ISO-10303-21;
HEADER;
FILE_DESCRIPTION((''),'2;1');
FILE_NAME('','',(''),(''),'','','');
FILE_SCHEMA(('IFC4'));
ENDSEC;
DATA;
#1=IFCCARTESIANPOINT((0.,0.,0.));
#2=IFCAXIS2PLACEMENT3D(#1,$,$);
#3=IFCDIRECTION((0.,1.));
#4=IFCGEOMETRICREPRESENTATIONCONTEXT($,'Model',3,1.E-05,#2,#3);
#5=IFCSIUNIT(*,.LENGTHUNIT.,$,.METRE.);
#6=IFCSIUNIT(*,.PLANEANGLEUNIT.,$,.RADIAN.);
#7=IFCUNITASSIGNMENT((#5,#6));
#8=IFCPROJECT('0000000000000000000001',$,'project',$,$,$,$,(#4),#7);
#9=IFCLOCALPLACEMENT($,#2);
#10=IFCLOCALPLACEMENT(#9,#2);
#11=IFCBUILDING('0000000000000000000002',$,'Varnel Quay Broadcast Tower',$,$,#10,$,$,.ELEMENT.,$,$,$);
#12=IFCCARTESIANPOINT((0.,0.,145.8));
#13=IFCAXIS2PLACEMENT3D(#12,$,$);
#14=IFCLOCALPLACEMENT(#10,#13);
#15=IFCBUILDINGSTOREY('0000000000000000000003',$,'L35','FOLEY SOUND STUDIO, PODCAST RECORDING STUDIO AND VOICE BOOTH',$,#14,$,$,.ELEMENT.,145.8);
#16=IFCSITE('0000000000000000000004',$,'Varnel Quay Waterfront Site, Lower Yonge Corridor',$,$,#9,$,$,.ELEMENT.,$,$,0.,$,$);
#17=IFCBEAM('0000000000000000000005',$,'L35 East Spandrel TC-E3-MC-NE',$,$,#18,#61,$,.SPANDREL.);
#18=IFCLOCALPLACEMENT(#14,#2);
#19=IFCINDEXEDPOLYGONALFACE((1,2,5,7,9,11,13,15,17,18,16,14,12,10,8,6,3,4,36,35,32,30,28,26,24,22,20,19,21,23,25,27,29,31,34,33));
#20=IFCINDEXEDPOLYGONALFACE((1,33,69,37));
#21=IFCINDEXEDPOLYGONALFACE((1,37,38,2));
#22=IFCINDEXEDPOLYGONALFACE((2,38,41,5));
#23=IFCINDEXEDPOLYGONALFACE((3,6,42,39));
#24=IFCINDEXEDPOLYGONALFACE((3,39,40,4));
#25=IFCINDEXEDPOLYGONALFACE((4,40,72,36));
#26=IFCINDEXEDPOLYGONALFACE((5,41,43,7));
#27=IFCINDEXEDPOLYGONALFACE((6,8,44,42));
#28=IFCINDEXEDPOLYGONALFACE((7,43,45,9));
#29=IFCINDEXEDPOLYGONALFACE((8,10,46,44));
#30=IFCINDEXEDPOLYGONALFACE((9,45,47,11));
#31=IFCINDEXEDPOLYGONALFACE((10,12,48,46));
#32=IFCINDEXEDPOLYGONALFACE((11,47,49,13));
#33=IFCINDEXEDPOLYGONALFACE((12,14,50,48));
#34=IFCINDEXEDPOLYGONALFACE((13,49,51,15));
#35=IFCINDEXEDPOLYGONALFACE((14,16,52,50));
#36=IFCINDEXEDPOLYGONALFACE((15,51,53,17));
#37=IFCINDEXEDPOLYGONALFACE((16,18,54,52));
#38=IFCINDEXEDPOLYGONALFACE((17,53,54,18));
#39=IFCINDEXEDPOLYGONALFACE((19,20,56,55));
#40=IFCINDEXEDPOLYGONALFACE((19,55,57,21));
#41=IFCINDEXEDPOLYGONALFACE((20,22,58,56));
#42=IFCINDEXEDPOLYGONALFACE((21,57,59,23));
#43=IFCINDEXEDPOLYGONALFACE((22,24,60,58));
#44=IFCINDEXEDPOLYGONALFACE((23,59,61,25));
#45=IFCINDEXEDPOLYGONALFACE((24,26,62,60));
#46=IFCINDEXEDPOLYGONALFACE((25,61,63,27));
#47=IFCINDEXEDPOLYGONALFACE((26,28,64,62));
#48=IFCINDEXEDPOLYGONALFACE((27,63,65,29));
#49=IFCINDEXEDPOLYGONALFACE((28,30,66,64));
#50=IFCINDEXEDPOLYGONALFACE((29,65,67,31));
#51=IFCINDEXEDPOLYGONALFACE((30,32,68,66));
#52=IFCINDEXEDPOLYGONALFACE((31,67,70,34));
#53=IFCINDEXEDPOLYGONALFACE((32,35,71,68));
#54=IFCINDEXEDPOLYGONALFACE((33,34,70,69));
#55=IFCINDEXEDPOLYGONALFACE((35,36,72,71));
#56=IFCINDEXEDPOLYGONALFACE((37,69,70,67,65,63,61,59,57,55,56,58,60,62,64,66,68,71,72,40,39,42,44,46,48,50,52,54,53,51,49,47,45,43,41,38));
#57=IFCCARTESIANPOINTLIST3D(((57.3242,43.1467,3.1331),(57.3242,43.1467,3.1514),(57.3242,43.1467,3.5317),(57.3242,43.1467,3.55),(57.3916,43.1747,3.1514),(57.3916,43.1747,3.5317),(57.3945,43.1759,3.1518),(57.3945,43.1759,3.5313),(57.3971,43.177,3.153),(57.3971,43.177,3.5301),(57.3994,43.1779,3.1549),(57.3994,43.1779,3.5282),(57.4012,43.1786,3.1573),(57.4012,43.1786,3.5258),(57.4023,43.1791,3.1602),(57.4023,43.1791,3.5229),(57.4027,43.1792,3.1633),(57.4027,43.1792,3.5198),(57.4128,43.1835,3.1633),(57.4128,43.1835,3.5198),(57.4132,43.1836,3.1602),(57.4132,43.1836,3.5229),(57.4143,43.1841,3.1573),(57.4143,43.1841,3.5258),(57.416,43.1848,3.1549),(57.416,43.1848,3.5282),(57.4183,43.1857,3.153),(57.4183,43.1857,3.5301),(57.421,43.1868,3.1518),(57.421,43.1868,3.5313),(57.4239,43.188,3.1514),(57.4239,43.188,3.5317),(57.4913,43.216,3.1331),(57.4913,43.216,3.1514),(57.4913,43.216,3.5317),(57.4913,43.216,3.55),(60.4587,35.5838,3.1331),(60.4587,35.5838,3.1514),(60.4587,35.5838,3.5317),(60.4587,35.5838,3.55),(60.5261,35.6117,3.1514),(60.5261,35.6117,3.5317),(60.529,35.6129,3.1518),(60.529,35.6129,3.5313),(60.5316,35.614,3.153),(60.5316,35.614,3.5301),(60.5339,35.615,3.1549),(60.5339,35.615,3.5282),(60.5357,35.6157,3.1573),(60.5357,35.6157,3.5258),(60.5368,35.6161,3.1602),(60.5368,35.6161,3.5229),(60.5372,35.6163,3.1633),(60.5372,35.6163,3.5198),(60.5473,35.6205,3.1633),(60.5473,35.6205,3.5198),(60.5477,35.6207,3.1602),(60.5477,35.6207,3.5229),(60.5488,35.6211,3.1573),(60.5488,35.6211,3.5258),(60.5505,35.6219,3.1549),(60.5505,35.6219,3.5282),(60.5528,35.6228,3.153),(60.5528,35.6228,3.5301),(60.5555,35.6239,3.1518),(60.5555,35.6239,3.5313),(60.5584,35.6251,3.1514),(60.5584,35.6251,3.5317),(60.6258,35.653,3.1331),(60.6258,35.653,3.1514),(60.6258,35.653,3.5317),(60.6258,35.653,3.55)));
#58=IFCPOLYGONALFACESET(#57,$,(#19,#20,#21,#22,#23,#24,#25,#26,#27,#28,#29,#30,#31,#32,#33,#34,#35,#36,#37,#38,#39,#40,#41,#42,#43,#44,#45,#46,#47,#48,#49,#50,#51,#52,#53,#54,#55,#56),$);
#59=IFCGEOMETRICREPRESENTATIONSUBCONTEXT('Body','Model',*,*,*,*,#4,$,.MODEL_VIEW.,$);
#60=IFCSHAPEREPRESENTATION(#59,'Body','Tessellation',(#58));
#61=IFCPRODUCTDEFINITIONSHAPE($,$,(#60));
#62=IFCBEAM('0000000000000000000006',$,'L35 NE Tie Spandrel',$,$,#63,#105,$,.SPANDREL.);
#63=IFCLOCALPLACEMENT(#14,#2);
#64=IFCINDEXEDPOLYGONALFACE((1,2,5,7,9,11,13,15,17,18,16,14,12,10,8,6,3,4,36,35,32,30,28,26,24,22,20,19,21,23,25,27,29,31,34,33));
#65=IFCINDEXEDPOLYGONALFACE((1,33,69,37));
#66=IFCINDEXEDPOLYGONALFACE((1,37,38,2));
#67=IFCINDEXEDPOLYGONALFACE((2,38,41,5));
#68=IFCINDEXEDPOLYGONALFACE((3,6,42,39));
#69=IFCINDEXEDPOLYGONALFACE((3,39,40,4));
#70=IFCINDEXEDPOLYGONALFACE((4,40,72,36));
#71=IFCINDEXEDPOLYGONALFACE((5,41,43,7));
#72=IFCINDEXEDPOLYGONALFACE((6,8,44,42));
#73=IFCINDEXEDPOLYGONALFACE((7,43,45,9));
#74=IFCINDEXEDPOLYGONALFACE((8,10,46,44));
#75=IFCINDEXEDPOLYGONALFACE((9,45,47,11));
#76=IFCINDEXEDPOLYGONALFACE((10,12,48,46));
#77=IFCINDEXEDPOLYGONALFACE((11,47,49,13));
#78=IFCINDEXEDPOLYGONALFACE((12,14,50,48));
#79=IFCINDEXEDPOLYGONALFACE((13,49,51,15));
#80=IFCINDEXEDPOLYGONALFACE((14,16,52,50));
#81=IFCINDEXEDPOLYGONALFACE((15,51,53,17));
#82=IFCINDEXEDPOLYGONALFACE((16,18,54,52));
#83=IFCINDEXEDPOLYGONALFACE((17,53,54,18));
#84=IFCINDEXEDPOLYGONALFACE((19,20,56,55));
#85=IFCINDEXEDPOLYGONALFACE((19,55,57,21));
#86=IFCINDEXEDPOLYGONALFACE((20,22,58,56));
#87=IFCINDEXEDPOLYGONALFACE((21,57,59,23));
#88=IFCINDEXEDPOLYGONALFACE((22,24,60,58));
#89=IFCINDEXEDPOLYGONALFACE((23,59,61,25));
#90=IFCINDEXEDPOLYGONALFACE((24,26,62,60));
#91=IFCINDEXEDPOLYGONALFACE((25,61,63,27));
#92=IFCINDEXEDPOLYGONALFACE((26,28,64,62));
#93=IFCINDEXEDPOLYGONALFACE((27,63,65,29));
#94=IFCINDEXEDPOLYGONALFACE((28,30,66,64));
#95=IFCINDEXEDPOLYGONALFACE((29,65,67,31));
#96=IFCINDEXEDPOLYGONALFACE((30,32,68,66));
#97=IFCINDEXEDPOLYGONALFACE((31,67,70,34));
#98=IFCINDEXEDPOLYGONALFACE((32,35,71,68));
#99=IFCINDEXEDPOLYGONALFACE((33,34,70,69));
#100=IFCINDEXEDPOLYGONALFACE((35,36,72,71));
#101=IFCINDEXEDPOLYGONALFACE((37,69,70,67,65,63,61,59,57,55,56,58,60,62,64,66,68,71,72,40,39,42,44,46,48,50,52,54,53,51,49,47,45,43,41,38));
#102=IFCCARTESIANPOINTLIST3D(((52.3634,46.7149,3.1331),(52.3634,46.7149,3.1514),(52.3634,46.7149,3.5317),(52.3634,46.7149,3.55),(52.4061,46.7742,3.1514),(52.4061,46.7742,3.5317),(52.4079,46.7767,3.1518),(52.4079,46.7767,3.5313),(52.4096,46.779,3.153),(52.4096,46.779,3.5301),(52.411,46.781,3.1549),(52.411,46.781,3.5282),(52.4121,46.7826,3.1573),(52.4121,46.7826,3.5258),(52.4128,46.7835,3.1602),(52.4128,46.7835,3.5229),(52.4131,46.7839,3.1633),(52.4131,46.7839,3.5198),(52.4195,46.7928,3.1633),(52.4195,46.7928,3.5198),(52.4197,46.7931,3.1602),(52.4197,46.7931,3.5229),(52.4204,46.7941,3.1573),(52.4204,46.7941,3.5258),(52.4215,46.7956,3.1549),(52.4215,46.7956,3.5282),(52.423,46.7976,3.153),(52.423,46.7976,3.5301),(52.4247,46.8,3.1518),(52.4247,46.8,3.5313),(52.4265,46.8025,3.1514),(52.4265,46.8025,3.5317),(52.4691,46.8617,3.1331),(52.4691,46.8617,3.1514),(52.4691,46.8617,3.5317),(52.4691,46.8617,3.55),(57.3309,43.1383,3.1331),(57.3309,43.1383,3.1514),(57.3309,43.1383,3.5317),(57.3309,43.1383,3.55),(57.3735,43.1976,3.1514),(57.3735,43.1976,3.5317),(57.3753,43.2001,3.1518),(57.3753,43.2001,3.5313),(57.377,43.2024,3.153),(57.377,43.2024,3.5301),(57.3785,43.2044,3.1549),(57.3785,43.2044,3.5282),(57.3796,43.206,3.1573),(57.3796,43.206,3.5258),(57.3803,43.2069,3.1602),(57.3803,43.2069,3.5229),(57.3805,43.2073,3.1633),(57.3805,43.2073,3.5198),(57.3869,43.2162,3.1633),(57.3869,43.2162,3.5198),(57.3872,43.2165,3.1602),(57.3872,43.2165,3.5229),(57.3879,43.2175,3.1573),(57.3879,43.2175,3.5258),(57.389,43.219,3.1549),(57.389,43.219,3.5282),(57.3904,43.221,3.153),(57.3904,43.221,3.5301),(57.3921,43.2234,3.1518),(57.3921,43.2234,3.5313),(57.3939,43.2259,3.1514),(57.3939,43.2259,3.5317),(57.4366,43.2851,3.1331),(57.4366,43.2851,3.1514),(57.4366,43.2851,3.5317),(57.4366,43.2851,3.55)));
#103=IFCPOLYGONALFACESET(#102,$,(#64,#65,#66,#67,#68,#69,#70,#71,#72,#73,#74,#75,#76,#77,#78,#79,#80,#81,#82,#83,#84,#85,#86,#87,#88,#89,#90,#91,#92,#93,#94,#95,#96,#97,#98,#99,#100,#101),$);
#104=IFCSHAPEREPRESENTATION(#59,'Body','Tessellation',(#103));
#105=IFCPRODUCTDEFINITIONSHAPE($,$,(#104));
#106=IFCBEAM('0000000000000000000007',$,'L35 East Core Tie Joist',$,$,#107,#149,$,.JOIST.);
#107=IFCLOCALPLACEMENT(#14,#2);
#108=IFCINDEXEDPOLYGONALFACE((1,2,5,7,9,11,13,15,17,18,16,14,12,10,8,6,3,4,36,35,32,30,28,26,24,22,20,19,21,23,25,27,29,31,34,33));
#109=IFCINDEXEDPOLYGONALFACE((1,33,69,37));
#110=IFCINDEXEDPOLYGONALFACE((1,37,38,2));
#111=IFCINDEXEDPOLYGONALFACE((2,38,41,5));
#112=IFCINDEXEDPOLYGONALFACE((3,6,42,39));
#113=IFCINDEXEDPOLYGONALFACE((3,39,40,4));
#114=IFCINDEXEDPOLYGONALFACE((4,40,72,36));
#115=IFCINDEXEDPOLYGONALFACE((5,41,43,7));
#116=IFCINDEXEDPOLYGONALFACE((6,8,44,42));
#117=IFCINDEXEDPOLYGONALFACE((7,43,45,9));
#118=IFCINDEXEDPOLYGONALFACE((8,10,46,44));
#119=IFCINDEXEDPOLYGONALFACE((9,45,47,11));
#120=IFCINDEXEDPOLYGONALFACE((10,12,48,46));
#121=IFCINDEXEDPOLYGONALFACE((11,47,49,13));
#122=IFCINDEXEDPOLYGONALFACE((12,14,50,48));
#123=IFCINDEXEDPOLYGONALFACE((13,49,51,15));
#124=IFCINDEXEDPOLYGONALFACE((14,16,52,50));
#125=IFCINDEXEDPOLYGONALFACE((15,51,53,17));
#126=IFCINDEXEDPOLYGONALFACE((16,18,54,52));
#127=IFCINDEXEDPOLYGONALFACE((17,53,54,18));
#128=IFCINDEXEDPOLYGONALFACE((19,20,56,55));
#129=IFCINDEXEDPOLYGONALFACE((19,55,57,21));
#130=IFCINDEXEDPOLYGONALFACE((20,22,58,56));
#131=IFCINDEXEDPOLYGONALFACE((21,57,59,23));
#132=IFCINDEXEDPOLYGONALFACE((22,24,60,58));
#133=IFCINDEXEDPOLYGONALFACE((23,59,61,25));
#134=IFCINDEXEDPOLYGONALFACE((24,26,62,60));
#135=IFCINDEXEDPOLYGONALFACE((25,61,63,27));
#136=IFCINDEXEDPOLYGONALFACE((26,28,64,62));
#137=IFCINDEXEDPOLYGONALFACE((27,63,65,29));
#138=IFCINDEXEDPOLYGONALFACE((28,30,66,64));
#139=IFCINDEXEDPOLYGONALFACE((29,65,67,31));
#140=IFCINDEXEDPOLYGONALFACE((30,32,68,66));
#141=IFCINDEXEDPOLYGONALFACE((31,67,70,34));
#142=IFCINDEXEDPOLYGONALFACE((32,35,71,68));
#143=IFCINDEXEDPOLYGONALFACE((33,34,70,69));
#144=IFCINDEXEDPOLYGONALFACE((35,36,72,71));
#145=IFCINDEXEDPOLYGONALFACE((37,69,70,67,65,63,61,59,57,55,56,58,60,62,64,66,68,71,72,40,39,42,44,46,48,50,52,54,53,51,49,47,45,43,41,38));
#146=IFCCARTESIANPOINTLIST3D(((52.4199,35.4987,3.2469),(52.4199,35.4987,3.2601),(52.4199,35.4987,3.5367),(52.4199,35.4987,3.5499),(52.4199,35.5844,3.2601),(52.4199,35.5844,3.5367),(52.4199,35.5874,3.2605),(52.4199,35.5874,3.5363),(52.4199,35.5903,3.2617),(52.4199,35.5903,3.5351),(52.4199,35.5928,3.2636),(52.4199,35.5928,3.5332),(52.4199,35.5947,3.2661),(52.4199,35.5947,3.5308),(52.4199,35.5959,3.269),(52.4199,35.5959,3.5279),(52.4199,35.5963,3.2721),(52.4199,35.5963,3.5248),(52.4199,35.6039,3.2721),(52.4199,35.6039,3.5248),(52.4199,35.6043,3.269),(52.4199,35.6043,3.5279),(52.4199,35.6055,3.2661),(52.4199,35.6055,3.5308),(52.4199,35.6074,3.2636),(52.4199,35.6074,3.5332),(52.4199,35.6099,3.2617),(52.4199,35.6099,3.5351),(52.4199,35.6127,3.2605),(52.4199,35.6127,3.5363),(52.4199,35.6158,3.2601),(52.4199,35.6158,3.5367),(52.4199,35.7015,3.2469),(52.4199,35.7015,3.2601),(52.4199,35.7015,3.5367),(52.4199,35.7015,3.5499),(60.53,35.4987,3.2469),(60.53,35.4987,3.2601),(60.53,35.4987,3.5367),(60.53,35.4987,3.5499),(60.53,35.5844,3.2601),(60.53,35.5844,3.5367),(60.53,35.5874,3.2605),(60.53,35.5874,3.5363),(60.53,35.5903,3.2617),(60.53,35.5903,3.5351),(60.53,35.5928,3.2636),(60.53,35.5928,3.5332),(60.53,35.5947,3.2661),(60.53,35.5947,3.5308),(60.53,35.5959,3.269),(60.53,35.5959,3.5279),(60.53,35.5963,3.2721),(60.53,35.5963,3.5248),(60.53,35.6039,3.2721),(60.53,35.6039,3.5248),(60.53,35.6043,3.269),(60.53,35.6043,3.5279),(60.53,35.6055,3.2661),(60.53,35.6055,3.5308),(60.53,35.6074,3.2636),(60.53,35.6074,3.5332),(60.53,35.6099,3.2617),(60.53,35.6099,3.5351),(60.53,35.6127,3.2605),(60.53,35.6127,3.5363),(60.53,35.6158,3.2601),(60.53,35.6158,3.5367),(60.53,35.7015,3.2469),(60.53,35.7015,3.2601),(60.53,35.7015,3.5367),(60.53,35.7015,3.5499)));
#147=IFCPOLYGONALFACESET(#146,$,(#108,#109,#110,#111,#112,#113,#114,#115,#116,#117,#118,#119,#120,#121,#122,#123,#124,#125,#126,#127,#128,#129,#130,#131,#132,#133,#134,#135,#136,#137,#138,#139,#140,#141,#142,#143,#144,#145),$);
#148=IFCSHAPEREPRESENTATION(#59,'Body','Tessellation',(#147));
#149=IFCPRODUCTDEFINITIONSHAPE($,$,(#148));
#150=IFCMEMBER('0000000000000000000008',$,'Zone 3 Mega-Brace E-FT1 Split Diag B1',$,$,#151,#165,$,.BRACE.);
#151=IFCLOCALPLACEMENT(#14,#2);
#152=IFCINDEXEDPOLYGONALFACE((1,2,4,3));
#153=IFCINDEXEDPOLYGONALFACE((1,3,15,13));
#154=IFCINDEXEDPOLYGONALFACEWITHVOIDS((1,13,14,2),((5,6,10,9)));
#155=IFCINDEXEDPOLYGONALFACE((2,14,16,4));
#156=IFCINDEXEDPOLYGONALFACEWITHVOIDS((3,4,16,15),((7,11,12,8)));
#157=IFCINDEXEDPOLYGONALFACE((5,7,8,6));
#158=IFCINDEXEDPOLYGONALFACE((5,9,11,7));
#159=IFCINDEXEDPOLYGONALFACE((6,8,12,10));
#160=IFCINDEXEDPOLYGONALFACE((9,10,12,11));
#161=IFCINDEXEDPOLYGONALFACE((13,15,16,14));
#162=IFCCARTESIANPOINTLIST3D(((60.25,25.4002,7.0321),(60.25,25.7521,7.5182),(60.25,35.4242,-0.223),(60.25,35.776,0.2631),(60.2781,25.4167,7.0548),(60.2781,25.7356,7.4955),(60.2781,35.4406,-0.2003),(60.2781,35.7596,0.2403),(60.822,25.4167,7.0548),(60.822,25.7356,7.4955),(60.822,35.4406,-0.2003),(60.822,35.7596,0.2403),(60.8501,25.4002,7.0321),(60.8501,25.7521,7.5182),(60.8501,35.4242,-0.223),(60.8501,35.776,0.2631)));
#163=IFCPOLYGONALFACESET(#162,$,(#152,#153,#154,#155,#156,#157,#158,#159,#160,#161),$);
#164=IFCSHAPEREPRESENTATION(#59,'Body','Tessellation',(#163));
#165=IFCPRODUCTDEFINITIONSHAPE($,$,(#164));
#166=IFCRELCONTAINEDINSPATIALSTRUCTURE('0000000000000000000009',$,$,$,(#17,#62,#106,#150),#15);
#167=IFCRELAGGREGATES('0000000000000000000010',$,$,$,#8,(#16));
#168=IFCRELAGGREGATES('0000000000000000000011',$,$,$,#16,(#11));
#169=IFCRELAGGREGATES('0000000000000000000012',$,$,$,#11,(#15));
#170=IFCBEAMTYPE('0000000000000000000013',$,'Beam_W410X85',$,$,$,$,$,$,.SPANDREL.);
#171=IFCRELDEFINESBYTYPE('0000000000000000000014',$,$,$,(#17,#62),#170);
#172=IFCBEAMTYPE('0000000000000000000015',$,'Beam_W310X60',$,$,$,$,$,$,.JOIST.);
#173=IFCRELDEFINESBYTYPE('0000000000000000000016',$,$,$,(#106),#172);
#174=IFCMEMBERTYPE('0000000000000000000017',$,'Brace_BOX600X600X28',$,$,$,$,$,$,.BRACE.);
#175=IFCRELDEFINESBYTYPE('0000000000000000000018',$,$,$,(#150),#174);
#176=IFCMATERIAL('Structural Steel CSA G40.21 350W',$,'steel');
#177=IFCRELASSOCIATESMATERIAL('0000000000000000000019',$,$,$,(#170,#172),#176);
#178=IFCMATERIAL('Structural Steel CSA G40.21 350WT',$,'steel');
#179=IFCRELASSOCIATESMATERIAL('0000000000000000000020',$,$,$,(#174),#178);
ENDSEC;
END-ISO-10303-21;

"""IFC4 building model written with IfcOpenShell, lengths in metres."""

from ifc_helpers import new_model, si_unit, direction, frame, origin, origin_2d, place, context, subcontext, project, spatial, hollow_rectangle, i_section, extrude, source, transform, mapped, material, material_profile, profile_set, type_object, type_shapes, element, save


model = new_model("IFC4")

# Units and contexts
model_context = context("Model", 3, precision=1e-05, world=origin(), true_north=direction((0.0, 1.0)))
body_context = subcontext(model_context, "Body", "Model", "MODEL_VIEW")
ifc_project = project(units=[si_unit("LENGTHUNIT", "METRE"), si_unit("PLANEANGLEUNIT", "RADIAN")], contexts=[model_context])

# Site, building, storey
site_placement = place(None, origin())
site = spatial("IfcSite", under=ifc_project, at=site_placement, Name="Varnel Quay Waterfront Site, Lower Yonge Corridor", CompositionType="ELEMENT", RefElevation=0.0)
building_placement = place(site_placement, origin())
building = spatial("IfcBuilding", under=site, at=building_placement, Name="Varnel Quay Broadcast Tower", CompositionType="ELEMENT")
storey_placement = place(building_placement, frame((0.0, 0.0, 145.8)))
storey = spatial("IfcBuildingStorey", under=building, at=storey_placement, Name="L35", Description="FOLEY SOUND STUDIO, PODCAST RECORDING STUDIO AND VOICE BOOTH", CompositionType="ELEMENT", Elevation=145.8)

# Shared definitions
ifc_material_1 = material(Name="Structural Steel CSA G40.21 350WT", Category="steel")
ifc_material_2 = material(Name="Structural Steel CSA G40.21 350W", Category="steel")

# Beams
ifc_material_profile_1 = material_profile(ifc_material_2, i_section(OverallWidth=0.1809, OverallDepth=0.417, WebThickness=0.011, FlangeThickness=0.0183, FilletRadius=0.012, at=origin_2d()), Name="W410X85")
ifc_profile_set_1 = profile_set([ifc_material_profile_1], Name="Structural Steel CSA G40.21 350W")
beam_type_1 = type_object("IfcBeamType", Name="Beam_W410X85", PredefinedType="SPANDREL", material=ifc_profile_set_1)
shared_shape_1 = source(origin(), body_context, "Body", "SweptSolid", [
    extrude(i_section(OverallWidth=0.1809, OverallDepth=0.417, WebThickness=0.011, FlangeThickness=0.0183, FilletRadius=0.012, at=origin_2d()), origin(), (0.0, 0.0, 1.0), 8.1868),
])
beam_1_placement = place(storey_placement, frame((60.5422, 35.6184, 3.3416), z_axis=(-0.382874, 0.923801, 0.0), x_axis=(-0.923801, -0.382874, 0.0)))
element("IfcBeam", 1, at=beam_1_placement, inside=storey, type_object=beam_type_1, Name="L35 East Spandrel TC-E3-MC-NE", PredefinedType="SPANDREL", context=body_context, shape_type="MappedRepresentation", body=[
    mapped(shared_shape_1, transform((0.0, 0.0, 0.0), x_axis=(1.0, 0.0, 0.0), y_axis=(0.0, 1.0, 0.0), z_axis=(0.0, 0.0, 1.0), scale=1.0)),
])
shared_shape_2 = source(origin(), body_context, "Body", "SweptSolid", [
    extrude(i_section(OverallWidth=0.1809, OverallDepth=0.417, WebThickness=0.011, FlangeThickness=0.0183, FilletRadius=0.012, at=origin_2d()), origin(), (0.0, 0.0, 1.0), 6.1211),
])
type_shapes(beam_type_1, [shared_shape_1, shared_shape_2])
beam_2_placement = place(storey_placement, frame((52.4163, 46.7883, 3.3416), z_axis=(0.811531, -0.584309, 0.0), x_axis=(0.584309, 0.811531, 0.0)))
element("IfcBeam", 2, at=beam_2_placement, inside=storey, type_object=beam_type_1, Name="L35 NE Tie Spandrel", PredefinedType="SPANDREL", context=body_context, shape_type="MappedRepresentation", body=[
    mapped(shared_shape_2, transform((0.0, 0.0, 0.0), x_axis=(1.0, 0.0, 0.0), y_axis=(0.0, 1.0, 0.0), z_axis=(0.0, 0.0, 1.0), scale=1.0)),
])
ifc_material_profile_2 = material_profile(ifc_material_2, i_section(OverallWidth=0.2029, OverallDepth=0.303, WebThickness=0.0076, FlangeThickness=0.0132, FilletRadius=0.012, at=origin_2d()), Name="W310X60")
ifc_profile_set_2 = profile_set([ifc_material_profile_2], Name="Structural Steel CSA G40.21 350W")
beam_type_2 = type_object("IfcBeamType", Name="Beam_W310X60", PredefinedType="JOIST", material=ifc_profile_set_2)
shared_shape_3 = source(origin(), body_context, "Body", "SweptSolid", [
    extrude(i_section(OverallWidth=0.2029, OverallDepth=0.303, WebThickness=0.0076, FlangeThickness=0.0132, FilletRadius=0.012, at=origin_2d()), origin(), (0.0, 0.0, 1.0), 8.1101),
])
type_shapes(beam_type_2, [shared_shape_3])
beam_3_placement = place(storey_placement, frame((52.4199, 35.6001, 3.3984), z_axis=(1.0, 0.0, 0.0), x_axis=(0.0, 1.0, 0.0)))
element("IfcBeam", 3, at=beam_3_placement, inside=storey, type_object=beam_type_2, Name="L35 East Core Tie Joist", PredefinedType="JOIST", context=body_context, shape_type="MappedRepresentation", body=[
    mapped(shared_shape_3, transform((0.0, 0.0, 0.0), x_axis=(1.0, 0.0, 0.0), y_axis=(0.0, 1.0, 0.0), z_axis=(0.0, 0.0, 1.0), scale=1.0)),
])

# Member
ifc_material_profile_3 = material_profile(ifc_material_1, hollow_rectangle(XDim=0.6001, YDim=0.6001, WallThickness=0.0281, at=origin_2d()), Name="BOX600X600X28")
ifc_profile_set_3 = profile_set([ifc_material_profile_3], Name="Structural Steel CSA G40.21 350WT")
member_type_1 = type_object("IfcMemberType", Name="Brace_BOX600X600X28", PredefinedType="BRACE", material=ifc_profile_set_3)
shared_shape_4 = source(origin(), body_context, "Body", "SweptSolid", [
    extrude(hollow_rectangle(XDim=0.6001, YDim=0.6001, WallThickness=0.0281, at=origin_2d()), origin(), (0.0, 0.0, 1.0), 12.374),
])
type_shapes(member_type_1, [shared_shape_4])
member_1_placement = place(storey_placement, frame((60.55, 35.6001, 0.02), z_axis=(0.0, -0.810079, 0.58632), x_axis=(1.0, 0.0, 0.0)))
element("IfcMember", 4, at=member_1_placement, inside=storey, type_object=member_type_1, Name="Zone 3 Mega-Brace E-FT1 Split Diag B1", PredefinedType="BRACE", context=body_context, shape_type="MappedRepresentation", body=[
    mapped(shared_shape_4, transform((0.0, 0.0, 0.0), x_axis=(1.0, 0.0, 0.0), y_axis=(0.0, 1.0, 0.0), z_axis=(0.0, 0.0, 1.0), scale=1.0)),
])

save(model, "model.ifc")
